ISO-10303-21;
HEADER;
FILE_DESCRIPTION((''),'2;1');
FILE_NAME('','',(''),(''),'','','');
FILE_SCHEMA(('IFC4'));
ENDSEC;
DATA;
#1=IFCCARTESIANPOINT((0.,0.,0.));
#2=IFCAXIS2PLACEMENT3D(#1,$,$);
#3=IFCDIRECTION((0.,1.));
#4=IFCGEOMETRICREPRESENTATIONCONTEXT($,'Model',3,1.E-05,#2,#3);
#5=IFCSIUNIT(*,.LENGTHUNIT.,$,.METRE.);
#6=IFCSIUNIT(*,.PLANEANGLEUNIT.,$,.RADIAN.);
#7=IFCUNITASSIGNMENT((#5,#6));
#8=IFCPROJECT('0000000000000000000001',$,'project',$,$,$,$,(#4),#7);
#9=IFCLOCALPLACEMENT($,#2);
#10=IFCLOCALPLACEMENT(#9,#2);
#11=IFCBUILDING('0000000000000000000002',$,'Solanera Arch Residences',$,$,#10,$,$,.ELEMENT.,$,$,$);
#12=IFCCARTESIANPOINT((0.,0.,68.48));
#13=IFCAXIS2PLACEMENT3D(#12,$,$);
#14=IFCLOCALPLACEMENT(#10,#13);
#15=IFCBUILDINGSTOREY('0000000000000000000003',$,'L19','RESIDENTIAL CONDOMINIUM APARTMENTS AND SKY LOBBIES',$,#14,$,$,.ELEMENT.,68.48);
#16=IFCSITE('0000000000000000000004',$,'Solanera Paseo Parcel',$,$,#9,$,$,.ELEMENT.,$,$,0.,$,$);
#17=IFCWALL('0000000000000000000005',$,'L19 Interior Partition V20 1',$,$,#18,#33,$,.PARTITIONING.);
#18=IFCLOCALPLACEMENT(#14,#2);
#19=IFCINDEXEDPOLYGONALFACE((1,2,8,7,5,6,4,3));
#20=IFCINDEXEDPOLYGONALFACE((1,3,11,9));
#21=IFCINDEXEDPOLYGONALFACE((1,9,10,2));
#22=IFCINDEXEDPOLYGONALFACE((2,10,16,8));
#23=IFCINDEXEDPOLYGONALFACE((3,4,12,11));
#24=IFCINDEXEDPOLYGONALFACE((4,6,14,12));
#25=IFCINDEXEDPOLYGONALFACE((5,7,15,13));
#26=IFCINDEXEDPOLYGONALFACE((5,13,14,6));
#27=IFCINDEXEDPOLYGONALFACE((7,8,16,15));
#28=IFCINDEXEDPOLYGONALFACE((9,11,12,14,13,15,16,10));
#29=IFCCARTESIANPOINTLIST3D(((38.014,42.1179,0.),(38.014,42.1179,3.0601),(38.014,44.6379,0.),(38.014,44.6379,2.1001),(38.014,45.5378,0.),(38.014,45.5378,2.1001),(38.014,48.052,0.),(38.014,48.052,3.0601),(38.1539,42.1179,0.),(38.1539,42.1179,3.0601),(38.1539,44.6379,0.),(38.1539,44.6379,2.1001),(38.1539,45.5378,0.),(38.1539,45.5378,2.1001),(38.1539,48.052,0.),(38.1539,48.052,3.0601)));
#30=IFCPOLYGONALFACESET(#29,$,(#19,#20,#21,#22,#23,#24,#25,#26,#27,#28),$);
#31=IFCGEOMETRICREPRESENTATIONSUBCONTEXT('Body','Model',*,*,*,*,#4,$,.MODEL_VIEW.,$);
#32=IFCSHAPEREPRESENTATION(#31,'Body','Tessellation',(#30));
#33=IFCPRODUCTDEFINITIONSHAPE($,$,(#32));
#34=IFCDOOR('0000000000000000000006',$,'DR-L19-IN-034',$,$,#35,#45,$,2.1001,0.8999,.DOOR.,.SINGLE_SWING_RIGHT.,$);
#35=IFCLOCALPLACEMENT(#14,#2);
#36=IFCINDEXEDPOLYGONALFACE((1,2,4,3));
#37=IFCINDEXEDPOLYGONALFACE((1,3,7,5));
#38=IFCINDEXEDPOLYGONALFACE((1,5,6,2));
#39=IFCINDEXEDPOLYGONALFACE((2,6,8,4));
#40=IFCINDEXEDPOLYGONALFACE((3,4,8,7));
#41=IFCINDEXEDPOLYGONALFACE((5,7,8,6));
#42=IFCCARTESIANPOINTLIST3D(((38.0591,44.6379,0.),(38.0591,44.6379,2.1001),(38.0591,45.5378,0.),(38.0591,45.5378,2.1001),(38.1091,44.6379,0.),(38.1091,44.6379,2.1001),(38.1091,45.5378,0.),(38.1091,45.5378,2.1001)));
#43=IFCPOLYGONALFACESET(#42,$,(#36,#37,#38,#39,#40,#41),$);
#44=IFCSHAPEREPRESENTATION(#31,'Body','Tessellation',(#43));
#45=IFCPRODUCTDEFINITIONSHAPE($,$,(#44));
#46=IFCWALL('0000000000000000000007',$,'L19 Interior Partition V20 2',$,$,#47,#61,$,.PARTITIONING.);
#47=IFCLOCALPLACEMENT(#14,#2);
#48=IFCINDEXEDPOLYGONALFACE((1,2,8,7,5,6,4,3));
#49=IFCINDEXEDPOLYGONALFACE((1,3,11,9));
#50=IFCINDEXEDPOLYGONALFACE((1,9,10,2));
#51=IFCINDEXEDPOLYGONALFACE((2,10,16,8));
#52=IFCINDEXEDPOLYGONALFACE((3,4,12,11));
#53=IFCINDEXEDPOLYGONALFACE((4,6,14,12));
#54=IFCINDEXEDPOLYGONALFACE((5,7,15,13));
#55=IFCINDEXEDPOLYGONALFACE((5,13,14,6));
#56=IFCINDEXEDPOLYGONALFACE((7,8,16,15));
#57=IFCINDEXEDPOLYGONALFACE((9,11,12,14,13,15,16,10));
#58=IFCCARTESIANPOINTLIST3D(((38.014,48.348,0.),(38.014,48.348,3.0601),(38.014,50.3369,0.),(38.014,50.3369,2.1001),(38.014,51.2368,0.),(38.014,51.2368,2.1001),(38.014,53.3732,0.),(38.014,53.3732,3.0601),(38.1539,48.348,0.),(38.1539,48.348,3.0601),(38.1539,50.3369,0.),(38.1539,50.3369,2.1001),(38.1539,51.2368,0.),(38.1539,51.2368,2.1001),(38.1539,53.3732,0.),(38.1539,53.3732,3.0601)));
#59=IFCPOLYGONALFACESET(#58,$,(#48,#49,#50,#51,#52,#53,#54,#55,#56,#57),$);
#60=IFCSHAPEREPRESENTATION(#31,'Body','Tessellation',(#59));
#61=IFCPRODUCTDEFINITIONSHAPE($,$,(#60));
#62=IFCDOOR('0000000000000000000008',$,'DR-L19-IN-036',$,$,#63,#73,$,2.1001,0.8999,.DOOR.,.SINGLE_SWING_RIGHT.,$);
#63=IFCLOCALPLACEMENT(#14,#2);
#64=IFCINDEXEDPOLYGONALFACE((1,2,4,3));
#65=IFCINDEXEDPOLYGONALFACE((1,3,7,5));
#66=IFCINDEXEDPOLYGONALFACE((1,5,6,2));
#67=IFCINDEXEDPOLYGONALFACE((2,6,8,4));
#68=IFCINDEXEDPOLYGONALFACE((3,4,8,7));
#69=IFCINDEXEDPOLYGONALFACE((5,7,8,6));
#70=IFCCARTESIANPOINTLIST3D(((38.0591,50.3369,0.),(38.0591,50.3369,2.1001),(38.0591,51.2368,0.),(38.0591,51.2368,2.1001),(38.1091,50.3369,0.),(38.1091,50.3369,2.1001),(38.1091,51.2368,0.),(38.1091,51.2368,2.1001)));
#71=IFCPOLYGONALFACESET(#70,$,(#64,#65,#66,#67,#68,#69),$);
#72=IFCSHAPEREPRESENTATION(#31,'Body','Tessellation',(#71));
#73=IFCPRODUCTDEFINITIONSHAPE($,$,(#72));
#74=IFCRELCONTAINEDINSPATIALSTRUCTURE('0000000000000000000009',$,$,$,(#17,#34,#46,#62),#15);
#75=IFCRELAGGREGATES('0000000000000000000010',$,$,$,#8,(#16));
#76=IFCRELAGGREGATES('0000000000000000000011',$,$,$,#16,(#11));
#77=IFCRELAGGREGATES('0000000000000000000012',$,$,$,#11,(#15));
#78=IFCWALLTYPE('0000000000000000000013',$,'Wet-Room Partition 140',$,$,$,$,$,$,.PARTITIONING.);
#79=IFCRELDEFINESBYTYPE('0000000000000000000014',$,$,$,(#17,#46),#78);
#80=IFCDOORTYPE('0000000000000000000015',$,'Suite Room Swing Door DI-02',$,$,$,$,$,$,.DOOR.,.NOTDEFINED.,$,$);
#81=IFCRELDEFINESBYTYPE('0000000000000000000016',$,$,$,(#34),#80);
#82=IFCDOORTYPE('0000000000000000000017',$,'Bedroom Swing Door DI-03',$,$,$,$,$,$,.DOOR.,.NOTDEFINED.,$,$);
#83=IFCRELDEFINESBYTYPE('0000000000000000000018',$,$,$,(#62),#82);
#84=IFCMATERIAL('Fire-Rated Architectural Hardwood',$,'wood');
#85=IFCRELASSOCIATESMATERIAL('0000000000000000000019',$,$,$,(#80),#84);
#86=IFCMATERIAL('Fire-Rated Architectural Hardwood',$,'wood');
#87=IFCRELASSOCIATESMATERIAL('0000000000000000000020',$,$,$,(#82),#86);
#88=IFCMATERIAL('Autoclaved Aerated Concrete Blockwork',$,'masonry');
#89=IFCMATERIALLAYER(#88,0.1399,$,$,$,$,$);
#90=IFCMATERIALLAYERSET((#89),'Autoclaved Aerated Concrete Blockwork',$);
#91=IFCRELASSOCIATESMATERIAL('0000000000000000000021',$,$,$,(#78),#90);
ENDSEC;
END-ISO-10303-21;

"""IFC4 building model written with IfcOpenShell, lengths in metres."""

from ifc_helpers import new_model, si_unit, direction, frame, frame_2d, origin, place, context, subcontext, project, spatial, rectangle, extrude, material, layer, layer_set, type_object, element, fill, save


model = new_model("IFC4")

# Units and contexts
model_context = context("Model", 3, precision=1e-05, world=origin(), true_north=direction((0.0, 1.0)))
body_context = subcontext(model_context, "Body", "Model", "MODEL_VIEW")
ifc_project = project(units=[si_unit("LENGTHUNIT", "METRE"), si_unit("PLANEANGLEUNIT", "RADIAN")], contexts=[model_context])

# Site, building, storey
site_placement = place(None, origin())
site = spatial("IfcSite", under=ifc_project, at=site_placement, Name="Solanera Paseo Parcel", CompositionType="ELEMENT", RefElevation=0.0)
building_placement = place(site_placement, origin())
building = spatial("IfcBuilding", under=site, at=building_placement, Name="Solanera Arch Residences", CompositionType="ELEMENT")
storey_placement = place(building_placement, frame((0.0, 0.0, 68.48)))
storey = spatial("IfcBuildingStorey", under=building, at=storey_placement, Name="L19", Description="RESIDENTIAL CONDOMINIUM APARTMENTS AND SKY LOBBIES", CompositionType="ELEMENT", Elevation=68.48)

# Shared definitions
ifc_material_1 = material(Name="Fire-Rated Architectural Hardwood", Category="wood")
door_type_1 = type_object("IfcDoorType", Name="Suite Room Swing Door DI-02", OperationType="NOTDEFINED", PredefinedType="DOOR", material=ifc_material_1)
ifc_material_2 = material(Name="Fire-Rated Architectural Hardwood", Category="wood")
door_type_2 = type_object("IfcDoorType", Name="Bedroom Swing Door DI-03", OperationType="NOTDEFINED", PredefinedType="DOOR", material=ifc_material_2)

# Shared definitions
ifc_material_3 = material(Name="Autoclaved Aerated Concrete Blockwork", Category="masonry")
ifc_layer_1 = layer(ifc_material_3, 0.1399)
ifc_layer_set_1 = layer_set([ifc_layer_1], Name="Autoclaved Aerated Concrete Blockwork")
wall_type_1 = type_object("IfcWallType", Name="Wet-Room Partition 140", PredefinedType="PARTITIONING", material=ifc_layer_set_1)

# Walls, openings, doors
wall_1_placement = place(storey_placement, frame((38.084, 42.1179, 0.0), z_axis=(0.0, 0.0, 1.0), x_axis=(0.0, 1.0, 0.0)))
wall_1 = element("IfcWall", 1, at=wall_1_placement, inside=storey, type_object=wall_type_1, Name="L19 Interior Partition V20 1", PredefinedType="PARTITIONING", context=body_context, shape_type="SweptSolid", body=[
    extrude(rectangle(XDim=5.9341, YDim=0.1399, at=frame_2d((2.967, 0.0))), origin(), (0.0, 0.0, 1.0), 3.0601),
])
opening_1_placement = place(wall_1_placement, frame((2.52, 0.0, 0.0)))
opening_1 = element("IfcOpeningElement", 2, at=opening_1_placement, cuts=wall_1, PredefinedType="OPENING", context=body_context, shape_type="SweptSolid", body=[
    extrude(rectangle(XDim=0.8999, YDim=2.1001, at=frame_2d((0.45, 1.05))), frame((0.0, 0.0798, 0.0), z_axis=(0.0, -1.0, 0.0), x_axis=(1.0, 0.0, 0.0)), (0.0, 0.0, 1.0), 0.1599),
])
door_1_placement = place(opening_1_placement, origin())
door_1 = element("IfcDoor", 3, at=door_1_placement, inside=storey, type_object=door_type_1, Name="DR-L19-IN-034", OperationType="SINGLE_SWING_RIGHT", OverallHeight=2.1001, OverallWidth=0.8999, PredefinedType="DOOR", context=body_context, shape_type="SweptSolid", body=[
    extrude(rectangle(XDim=0.8999, YDim=2.1001, at=frame_2d((0.45, 1.05))), frame((0.0, 0.0249, 0.0), z_axis=(0.0, -1.0, 0.0), x_axis=(1.0, 0.0, 0.0)), (0.0, 0.0, 1.0), 0.05),
])
fill(opening_1, door_1)
wall_2_placement = place(storey_placement, frame((38.084, 48.3479, 0.0), z_axis=(0.0, 0.0, 1.0), x_axis=(0.0, 1.0, 0.0)))
wall_2 = element("IfcWall", 4, at=wall_2_placement, inside=storey, type_object=wall_type_1, Name="L19 Interior Partition V20 2", PredefinedType="PARTITIONING", context=body_context, shape_type="SweptSolid", body=[
    extrude(rectangle(XDim=5.0251, YDim=0.1399, at=frame_2d((2.5127, 0.0))), origin(), (0.0, 0.0, 1.0), 3.0601),
])
opening_2_placement = place(wall_2_placement, frame((1.989, 0.0, 0.0)))
opening_2 = element("IfcOpeningElement", 5, at=opening_2_placement, cuts=wall_2, PredefinedType="OPENING", context=body_context, shape_type="SweptSolid", body=[
    extrude(rectangle(XDim=0.8999, YDim=2.1001, at=frame_2d((0.45, 1.05))), frame((0.0, 0.0798, 0.0), z_axis=(0.0, -1.0, 0.0), x_axis=(1.0, 0.0, 0.0)), (0.0, 0.0, 1.0), 0.1599),
])
door_2_placement = place(opening_2_placement, origin())
door_2 = element("IfcDoor", 6, at=door_2_placement, inside=storey, type_object=door_type_2, Name="DR-L19-IN-036", OperationType="SINGLE_SWING_RIGHT", OverallHeight=2.1001, OverallWidth=0.8999, PredefinedType="DOOR", context=body_context, shape_type="SweptSolid", body=[
    extrude(rectangle(XDim=0.8999, YDim=2.1001, at=frame_2d((0.45, 1.05))), frame((0.0, 0.0249, 0.0), z_axis=(0.0, -1.0, 0.0), x_axis=(1.0, 0.0, 0.0)), (0.0, 0.0, 1.0), 0.05),
])
fill(opening_2, door_2)

save(model, "model.ifc")
